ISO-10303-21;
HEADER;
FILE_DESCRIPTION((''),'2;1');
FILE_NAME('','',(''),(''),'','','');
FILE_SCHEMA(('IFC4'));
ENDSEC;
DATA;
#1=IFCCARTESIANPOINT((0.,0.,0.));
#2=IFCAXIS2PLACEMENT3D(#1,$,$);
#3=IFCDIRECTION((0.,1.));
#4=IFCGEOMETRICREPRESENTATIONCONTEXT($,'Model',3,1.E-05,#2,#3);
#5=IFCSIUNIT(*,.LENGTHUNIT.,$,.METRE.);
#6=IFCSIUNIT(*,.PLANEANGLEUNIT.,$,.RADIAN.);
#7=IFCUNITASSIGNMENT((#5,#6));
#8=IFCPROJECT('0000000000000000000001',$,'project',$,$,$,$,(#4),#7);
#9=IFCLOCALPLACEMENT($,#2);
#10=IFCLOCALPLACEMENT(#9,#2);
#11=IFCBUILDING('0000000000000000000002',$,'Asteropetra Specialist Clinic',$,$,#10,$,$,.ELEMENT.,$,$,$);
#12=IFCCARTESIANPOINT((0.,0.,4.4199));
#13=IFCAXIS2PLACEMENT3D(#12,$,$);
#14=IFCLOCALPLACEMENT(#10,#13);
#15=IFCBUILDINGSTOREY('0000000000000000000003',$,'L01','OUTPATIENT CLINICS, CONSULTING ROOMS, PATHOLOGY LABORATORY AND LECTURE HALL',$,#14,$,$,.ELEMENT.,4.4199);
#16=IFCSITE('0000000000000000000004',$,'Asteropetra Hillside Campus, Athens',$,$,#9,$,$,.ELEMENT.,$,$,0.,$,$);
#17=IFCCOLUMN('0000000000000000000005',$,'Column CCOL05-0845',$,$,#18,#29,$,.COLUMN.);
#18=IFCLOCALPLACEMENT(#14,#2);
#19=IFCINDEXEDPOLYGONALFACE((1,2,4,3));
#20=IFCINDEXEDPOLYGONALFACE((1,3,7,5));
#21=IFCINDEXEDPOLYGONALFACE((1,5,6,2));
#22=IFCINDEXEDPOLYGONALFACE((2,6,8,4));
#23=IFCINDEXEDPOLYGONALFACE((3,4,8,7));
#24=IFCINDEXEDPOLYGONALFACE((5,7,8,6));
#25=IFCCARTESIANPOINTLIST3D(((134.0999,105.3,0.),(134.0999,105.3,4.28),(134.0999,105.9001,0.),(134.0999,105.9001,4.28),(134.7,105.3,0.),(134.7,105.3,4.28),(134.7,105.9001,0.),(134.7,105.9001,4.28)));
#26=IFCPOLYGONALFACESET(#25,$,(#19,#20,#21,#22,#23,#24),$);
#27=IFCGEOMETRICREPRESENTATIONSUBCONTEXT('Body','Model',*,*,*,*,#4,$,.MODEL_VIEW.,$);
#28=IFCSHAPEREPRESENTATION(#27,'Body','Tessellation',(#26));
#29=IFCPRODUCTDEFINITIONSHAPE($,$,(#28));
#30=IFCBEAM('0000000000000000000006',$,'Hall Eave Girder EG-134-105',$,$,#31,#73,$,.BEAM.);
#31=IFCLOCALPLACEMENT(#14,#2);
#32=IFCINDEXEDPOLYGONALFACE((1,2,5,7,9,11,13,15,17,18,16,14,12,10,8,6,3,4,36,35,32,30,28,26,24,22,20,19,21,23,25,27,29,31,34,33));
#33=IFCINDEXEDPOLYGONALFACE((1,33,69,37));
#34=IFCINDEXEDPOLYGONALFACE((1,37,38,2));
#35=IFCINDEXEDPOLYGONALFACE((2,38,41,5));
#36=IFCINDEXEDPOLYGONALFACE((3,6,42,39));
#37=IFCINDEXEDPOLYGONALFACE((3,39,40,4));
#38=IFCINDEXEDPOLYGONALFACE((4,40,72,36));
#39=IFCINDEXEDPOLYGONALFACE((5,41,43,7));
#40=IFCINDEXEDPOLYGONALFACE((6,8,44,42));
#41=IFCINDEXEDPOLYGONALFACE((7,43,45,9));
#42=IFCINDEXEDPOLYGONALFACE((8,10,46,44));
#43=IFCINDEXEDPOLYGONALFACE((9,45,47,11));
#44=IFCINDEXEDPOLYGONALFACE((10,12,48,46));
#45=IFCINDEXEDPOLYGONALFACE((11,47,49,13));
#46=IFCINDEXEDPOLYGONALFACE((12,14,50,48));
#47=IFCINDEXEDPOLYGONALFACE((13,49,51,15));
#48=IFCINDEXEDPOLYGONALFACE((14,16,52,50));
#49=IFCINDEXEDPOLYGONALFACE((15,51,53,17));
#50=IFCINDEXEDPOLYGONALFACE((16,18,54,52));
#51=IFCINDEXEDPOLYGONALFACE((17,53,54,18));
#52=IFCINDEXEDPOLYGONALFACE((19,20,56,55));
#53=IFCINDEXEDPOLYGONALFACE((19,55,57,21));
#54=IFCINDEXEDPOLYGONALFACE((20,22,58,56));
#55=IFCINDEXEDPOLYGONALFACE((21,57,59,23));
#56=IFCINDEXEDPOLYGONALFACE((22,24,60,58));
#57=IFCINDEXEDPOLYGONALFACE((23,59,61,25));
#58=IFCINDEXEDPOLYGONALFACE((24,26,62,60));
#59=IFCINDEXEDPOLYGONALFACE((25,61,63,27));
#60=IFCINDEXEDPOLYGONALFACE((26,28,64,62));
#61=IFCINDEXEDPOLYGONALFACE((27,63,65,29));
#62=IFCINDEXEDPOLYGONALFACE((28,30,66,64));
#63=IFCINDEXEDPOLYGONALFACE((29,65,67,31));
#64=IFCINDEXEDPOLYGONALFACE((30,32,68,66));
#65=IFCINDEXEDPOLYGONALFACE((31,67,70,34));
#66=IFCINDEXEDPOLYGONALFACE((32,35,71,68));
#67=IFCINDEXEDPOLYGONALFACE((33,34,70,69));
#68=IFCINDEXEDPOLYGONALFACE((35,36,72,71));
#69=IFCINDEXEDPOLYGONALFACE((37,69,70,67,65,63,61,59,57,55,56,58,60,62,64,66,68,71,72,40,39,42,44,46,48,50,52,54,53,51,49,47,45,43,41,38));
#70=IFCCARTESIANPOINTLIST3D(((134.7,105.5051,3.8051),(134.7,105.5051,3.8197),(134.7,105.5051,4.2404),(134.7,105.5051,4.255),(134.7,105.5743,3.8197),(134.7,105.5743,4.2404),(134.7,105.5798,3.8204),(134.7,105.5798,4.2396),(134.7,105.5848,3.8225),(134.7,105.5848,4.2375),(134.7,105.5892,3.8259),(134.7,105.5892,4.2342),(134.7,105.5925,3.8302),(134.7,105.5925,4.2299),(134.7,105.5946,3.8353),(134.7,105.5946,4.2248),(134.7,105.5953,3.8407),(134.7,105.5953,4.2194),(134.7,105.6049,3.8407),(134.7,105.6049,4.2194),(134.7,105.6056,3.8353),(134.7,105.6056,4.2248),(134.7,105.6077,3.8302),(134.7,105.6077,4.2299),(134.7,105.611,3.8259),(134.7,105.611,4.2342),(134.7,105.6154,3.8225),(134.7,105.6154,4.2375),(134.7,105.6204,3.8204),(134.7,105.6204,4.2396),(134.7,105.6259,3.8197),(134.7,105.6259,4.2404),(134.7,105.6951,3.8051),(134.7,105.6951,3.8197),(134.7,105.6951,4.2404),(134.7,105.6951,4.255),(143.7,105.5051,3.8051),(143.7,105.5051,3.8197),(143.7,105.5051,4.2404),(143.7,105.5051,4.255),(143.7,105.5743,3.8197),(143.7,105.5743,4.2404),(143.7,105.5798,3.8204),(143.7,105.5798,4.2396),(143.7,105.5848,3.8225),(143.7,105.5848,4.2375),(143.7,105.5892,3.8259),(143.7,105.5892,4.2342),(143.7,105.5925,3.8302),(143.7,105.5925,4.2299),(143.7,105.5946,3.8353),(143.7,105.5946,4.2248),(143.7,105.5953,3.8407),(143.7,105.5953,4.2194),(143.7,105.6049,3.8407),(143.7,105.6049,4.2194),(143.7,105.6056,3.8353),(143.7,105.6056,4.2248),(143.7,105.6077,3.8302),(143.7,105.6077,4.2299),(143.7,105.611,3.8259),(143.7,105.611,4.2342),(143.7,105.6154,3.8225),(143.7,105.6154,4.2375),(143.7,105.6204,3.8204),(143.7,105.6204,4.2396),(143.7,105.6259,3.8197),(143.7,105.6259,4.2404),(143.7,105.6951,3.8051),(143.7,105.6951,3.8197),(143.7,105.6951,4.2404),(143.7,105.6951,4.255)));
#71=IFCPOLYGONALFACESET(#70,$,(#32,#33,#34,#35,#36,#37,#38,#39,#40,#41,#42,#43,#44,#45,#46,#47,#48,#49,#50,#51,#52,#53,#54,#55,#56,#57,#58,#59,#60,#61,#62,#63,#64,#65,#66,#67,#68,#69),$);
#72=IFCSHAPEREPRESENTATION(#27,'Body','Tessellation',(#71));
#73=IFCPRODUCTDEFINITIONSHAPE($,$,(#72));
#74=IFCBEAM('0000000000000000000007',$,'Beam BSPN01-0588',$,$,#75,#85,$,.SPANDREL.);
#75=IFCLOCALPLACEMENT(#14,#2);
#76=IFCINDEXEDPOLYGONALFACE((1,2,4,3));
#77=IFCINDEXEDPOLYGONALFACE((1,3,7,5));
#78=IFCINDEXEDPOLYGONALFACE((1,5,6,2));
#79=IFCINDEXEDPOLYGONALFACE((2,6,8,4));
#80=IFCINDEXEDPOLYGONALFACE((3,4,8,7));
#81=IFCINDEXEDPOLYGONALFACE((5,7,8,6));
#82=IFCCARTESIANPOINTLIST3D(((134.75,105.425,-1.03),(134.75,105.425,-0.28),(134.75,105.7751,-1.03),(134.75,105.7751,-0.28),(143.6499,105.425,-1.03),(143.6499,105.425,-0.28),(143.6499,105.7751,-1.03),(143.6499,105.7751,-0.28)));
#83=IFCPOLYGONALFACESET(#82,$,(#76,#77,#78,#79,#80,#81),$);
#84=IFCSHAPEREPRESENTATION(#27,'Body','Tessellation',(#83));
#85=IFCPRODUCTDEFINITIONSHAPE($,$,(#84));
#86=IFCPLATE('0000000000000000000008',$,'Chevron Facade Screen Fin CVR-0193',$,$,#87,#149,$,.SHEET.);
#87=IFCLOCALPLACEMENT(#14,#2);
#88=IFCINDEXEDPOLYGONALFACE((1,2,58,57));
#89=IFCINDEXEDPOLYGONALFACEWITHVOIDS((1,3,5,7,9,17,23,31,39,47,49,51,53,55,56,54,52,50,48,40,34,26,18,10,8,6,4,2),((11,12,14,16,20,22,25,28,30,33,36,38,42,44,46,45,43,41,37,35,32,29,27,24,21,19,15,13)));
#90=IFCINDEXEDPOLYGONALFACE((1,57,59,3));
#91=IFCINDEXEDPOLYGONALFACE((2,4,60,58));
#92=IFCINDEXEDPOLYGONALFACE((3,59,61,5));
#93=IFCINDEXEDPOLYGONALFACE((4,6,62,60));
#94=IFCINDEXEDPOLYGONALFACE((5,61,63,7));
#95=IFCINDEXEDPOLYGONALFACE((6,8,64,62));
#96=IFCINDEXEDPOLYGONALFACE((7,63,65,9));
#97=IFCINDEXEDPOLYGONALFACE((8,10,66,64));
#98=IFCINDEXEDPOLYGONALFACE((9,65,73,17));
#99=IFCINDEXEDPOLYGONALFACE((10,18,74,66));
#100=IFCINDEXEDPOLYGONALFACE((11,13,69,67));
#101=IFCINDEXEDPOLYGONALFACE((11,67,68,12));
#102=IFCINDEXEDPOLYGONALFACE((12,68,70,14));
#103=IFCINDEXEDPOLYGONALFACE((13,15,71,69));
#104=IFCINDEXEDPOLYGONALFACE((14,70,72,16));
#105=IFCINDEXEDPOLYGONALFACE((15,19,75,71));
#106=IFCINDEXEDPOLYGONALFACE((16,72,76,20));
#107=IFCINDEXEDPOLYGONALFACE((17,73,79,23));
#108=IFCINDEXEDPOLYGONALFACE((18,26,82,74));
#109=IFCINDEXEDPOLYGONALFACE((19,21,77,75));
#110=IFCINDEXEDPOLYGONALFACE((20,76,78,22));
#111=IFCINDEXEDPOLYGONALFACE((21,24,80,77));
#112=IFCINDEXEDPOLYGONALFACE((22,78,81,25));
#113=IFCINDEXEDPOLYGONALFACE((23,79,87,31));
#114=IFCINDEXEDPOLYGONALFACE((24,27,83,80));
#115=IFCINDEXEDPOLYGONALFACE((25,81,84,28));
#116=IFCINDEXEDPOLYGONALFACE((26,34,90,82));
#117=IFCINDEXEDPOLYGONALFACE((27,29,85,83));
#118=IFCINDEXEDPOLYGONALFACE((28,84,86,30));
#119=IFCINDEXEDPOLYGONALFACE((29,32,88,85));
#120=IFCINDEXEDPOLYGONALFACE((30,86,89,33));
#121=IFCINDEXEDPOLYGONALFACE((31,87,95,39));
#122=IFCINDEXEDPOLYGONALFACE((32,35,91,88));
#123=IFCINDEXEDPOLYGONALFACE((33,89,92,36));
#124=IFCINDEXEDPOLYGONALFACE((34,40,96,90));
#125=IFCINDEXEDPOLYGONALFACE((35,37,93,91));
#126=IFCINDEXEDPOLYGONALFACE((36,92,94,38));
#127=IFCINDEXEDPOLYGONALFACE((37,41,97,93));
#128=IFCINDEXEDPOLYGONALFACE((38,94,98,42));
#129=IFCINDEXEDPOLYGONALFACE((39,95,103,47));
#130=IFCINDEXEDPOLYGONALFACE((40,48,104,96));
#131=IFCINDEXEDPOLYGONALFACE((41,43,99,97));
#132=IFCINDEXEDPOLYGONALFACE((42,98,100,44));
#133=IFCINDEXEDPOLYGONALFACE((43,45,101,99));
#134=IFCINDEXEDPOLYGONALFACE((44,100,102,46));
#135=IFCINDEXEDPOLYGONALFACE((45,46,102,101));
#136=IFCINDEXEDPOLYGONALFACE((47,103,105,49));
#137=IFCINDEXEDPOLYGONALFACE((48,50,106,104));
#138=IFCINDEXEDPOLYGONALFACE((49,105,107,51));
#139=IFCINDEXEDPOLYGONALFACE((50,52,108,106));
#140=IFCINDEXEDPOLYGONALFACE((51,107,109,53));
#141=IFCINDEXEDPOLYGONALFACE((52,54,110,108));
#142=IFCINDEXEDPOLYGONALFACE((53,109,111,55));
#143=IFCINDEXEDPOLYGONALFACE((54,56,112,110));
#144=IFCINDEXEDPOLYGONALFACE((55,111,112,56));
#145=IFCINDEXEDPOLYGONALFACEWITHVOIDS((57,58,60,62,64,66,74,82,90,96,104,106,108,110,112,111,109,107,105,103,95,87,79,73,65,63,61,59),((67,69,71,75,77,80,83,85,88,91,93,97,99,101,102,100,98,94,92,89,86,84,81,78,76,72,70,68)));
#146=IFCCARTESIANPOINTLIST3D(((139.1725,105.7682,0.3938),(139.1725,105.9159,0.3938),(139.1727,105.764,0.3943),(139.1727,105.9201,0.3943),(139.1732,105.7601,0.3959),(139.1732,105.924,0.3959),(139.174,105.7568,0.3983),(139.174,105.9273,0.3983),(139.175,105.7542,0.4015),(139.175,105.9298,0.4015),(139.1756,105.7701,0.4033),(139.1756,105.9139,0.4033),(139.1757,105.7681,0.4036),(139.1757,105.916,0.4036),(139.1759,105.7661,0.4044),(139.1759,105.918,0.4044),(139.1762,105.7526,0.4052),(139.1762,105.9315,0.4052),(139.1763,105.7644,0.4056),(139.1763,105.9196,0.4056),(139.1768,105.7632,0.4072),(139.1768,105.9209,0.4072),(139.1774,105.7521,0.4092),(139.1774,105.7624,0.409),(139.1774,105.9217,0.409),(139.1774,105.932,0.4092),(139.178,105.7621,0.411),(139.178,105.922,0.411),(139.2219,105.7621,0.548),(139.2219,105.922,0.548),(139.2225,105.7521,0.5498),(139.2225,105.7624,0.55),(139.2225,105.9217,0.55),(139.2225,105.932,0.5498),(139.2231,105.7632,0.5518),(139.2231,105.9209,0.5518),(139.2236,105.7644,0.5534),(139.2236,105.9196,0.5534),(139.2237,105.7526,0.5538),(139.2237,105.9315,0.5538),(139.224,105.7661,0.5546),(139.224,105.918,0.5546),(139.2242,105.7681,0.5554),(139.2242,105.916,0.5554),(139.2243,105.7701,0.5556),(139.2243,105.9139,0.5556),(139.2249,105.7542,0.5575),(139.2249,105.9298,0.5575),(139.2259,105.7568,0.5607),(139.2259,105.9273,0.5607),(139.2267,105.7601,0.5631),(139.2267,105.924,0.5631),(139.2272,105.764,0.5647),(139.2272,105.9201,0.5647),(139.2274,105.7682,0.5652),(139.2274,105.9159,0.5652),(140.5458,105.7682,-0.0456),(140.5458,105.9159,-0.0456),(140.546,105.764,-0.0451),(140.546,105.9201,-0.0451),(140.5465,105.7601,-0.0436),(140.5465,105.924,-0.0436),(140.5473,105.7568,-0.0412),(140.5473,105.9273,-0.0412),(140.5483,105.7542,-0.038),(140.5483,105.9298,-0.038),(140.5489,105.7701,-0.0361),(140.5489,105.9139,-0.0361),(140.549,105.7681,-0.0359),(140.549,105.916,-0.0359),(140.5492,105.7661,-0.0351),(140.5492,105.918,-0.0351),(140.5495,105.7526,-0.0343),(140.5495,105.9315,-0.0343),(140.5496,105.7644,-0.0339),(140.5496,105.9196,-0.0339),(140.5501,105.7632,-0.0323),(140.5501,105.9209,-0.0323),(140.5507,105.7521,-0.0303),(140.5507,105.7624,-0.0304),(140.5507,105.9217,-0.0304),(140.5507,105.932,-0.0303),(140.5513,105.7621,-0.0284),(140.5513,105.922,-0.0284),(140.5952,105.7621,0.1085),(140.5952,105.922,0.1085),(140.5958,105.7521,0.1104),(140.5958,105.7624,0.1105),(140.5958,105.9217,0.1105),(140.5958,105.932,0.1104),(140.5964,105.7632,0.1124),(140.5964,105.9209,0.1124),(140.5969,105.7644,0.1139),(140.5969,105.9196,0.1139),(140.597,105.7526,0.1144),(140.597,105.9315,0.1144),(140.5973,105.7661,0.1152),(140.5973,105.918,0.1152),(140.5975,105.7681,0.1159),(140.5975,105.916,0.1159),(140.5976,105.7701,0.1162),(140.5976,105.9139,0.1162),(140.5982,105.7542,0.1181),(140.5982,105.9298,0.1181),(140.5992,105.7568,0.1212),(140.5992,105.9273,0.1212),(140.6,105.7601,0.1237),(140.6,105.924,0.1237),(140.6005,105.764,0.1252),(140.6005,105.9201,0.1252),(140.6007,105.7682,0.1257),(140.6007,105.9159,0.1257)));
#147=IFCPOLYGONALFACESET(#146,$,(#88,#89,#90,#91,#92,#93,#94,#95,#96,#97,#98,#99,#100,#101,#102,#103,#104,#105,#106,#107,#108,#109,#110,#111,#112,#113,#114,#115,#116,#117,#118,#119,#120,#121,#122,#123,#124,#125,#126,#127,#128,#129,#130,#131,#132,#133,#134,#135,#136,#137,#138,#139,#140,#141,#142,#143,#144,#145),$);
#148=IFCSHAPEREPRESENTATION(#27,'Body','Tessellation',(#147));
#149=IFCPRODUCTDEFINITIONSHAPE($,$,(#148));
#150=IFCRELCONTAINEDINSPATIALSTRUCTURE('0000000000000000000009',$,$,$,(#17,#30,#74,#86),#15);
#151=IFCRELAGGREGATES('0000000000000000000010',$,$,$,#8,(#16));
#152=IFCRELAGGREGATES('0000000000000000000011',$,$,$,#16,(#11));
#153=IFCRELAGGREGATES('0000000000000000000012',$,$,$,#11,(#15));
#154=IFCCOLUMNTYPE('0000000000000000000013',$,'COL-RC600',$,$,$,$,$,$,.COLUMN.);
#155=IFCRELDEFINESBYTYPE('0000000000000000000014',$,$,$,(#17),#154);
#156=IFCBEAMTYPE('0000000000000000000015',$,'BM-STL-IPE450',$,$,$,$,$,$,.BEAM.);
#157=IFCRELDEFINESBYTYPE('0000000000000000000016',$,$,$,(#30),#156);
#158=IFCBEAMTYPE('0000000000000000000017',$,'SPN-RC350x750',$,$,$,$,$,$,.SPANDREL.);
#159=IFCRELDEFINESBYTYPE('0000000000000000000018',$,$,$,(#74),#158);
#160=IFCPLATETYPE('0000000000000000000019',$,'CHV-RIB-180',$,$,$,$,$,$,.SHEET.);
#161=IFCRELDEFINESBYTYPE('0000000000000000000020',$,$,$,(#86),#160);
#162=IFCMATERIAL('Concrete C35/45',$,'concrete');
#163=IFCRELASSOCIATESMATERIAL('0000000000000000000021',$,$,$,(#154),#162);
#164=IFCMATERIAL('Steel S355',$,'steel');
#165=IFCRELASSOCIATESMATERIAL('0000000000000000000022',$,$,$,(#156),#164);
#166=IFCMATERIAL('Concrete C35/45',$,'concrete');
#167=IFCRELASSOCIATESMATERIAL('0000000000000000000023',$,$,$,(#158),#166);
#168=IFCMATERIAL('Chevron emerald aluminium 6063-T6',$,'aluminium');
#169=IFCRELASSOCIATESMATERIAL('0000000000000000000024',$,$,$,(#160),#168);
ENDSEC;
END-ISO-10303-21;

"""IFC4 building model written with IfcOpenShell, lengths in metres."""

from ifc_helpers import new_model, si_unit, direction, frame, origin, origin_2d, place, context, subcontext, project, spatial, rectangle, hollow_rectangle, i_section, extrude, material, material_profile, profile_set, type_object, element, save


model = new_model("IFC4")

# Units and contexts
model_context = context("Model", 3, precision=1e-05, world=origin(), true_north=direction((0.0, 1.0)))
body_context = subcontext(model_context, "Body", "Model", "MODEL_VIEW")
ifc_project = project(units=[si_unit("LENGTHUNIT", "METRE"), si_unit("PLANEANGLEUNIT", "RADIAN")], contexts=[model_context])

# Site, building, storey
site_placement = place(None, origin())
site = spatial("IfcSite", under=ifc_project, at=site_placement, Name="Asteropetra Hillside Campus, Athens", CompositionType="ELEMENT", RefElevation=0.0)
building_placement = place(site_placement, origin())
building = spatial("IfcBuilding", under=site, at=building_placement, Name="Asteropetra Specialist Clinic", CompositionType="ELEMENT")
storey_placement = place(building_placement, frame((0.0, 0.0, 4.4199)))
storey = spatial("IfcBuildingStorey", under=building, at=storey_placement, Name="L01", Description="OUTPATIENT CLINICS, CONSULTING ROOMS, PATHOLOGY LABORATORY AND LECTURE HALL", CompositionType="ELEMENT", Elevation=4.4199)

# Column
ifc_material_1 = material(Name="Concrete C35/45", Category="concrete")
ifc_material_profile_1 = material_profile(ifc_material_1, rectangle(XDim=0.6001, YDim=0.6001, at=origin_2d()), Name="RC 600x600")
ifc_profile_set_1 = profile_set([ifc_material_profile_1], Name="Concrete C35/45")
column_type = type_object("IfcColumnType", Name="COL-RC600", PredefinedType="COLUMN", material=ifc_profile_set_1)
column_placement = place(storey_placement, frame((134.3999, 105.6001, 0.0), z_axis=(0.0, 0.0, 1.0), x_axis=(1.0, 0.0, 0.0)))
element("IfcColumn", 1, at=column_placement, inside=storey, type_object=column_type, Name="Column CCOL05-0845", PredefinedType="COLUMN", context=body_context, shape_type="SweptSolid", body=[
    extrude(rectangle(XDim=0.6001, YDim=0.6001, at=origin_2d()), origin(), (0.0, 0.0, 1.0), 4.28),
])

# Beams
ifc_material_2 = material(Name="Steel S355", Category="steel")
ifc_material_profile_2 = material_profile(ifc_material_2, i_section(OverallWidth=0.1899, OverallDepth=0.45, WebThickness=0.0095, FlangeThickness=0.0146, FilletRadius=0.021, at=origin_2d()), Name="IPE 450")
ifc_profile_set_2 = profile_set([ifc_material_profile_2], Name="Steel S355")
beam_type_1 = type_object("IfcBeamType", Name="BM-STL-IPE450", PredefinedType="BEAM", material=ifc_profile_set_2)
beam_1_placement = place(storey_placement, frame((134.7, 105.6001, 4.03), z_axis=(1.0, 0.0, 0.0), x_axis=(0.0, 1.0, 0.0)))
element("IfcBeam", 2, at=beam_1_placement, inside=storey, type_object=beam_type_1, Name="Hall Eave Girder EG-134-105", PredefinedType="BEAM", context=body_context, shape_type="SweptSolid", body=[
    extrude(i_section(OverallWidth=0.1899, OverallDepth=0.45, WebThickness=0.0095, FlangeThickness=0.0146, FilletRadius=0.021, at=origin_2d()), origin(), (0.0, 0.0, 1.0), 9.0),
])
ifc_material_3 = material(Name="Concrete C35/45", Category="concrete")
ifc_material_profile_3 = material_profile(ifc_material_3, rectangle(XDim=0.3501, YDim=0.75, at=origin_2d()), Name="RCS 350x750")
ifc_profile_set_3 = profile_set([ifc_material_profile_3], Name="Concrete C35/45")
beam_type_2 = type_object("IfcBeamType", Name="SPN-RC350x750", PredefinedType="SPANDREL", material=ifc_profile_set_3)
beam_2_placement = place(storey_placement, frame((134.75, 105.6001, -0.655), z_axis=(1.0, 0.0, 0.0), x_axis=(0.0, 1.0, 0.0)))
element("IfcBeam", 3, at=beam_2_placement, inside=storey, type_object=beam_type_2, Name="Beam BSPN01-0588", PredefinedType="SPANDREL", context=body_context, shape_type="SweptSolid", body=[
    extrude(rectangle(XDim=0.3501, YDim=0.75, at=origin_2d()), origin(), (0.0, 0.0, 1.0), 8.8999),
])

# Plate
ifc_material_4 = material(Name="Chevron emerald aluminium 6063-T6", Category="aluminium")
ifc_material_profile_4 = material_profile(ifc_material_4, hollow_rectangle(XDim=0.1799, YDim=0.1799, WallThickness=0.01, InnerFilletRadius=0.0081, OuterFilletRadius=0.0161, at=origin_2d()), Name="SHS 180x180x10.0")
ifc_profile_set_4 = profile_set([ifc_material_profile_4], Name="Chevron emerald aluminium 6063-T6")
plate_type = type_object("IfcPlateType", Name="CHV-RIB-180", PredefinedType="SHEET", material=ifc_profile_set_4)
for number, where, z_axis, x_axis, name in (
    (4, (140.5732, 105.842, 0.04), (-0.952424, 0.0, 0.304776), (0.0, -1.0, 0.0), "Chevron Facade Screen Fin CVR-0193"),
):
    element("IfcPlate", number, at=place(storey_placement, frame(where, z_axis=z_axis, x_axis=x_axis)), inside=storey, type_object=plate_type, Name=name, PredefinedType="SHEET", context=body_context, shape_type="SweptSolid", body=[
        extrude(hollow_rectangle(XDim=0.1799, YDim=0.1799, WallThickness=0.01, InnerFilletRadius=0.0081, OuterFilletRadius=0.0161, at=origin_2d()), origin(), (0.0, 0.0, 1.0), 1.4419),
    ])

save(model, "model.ifc")
